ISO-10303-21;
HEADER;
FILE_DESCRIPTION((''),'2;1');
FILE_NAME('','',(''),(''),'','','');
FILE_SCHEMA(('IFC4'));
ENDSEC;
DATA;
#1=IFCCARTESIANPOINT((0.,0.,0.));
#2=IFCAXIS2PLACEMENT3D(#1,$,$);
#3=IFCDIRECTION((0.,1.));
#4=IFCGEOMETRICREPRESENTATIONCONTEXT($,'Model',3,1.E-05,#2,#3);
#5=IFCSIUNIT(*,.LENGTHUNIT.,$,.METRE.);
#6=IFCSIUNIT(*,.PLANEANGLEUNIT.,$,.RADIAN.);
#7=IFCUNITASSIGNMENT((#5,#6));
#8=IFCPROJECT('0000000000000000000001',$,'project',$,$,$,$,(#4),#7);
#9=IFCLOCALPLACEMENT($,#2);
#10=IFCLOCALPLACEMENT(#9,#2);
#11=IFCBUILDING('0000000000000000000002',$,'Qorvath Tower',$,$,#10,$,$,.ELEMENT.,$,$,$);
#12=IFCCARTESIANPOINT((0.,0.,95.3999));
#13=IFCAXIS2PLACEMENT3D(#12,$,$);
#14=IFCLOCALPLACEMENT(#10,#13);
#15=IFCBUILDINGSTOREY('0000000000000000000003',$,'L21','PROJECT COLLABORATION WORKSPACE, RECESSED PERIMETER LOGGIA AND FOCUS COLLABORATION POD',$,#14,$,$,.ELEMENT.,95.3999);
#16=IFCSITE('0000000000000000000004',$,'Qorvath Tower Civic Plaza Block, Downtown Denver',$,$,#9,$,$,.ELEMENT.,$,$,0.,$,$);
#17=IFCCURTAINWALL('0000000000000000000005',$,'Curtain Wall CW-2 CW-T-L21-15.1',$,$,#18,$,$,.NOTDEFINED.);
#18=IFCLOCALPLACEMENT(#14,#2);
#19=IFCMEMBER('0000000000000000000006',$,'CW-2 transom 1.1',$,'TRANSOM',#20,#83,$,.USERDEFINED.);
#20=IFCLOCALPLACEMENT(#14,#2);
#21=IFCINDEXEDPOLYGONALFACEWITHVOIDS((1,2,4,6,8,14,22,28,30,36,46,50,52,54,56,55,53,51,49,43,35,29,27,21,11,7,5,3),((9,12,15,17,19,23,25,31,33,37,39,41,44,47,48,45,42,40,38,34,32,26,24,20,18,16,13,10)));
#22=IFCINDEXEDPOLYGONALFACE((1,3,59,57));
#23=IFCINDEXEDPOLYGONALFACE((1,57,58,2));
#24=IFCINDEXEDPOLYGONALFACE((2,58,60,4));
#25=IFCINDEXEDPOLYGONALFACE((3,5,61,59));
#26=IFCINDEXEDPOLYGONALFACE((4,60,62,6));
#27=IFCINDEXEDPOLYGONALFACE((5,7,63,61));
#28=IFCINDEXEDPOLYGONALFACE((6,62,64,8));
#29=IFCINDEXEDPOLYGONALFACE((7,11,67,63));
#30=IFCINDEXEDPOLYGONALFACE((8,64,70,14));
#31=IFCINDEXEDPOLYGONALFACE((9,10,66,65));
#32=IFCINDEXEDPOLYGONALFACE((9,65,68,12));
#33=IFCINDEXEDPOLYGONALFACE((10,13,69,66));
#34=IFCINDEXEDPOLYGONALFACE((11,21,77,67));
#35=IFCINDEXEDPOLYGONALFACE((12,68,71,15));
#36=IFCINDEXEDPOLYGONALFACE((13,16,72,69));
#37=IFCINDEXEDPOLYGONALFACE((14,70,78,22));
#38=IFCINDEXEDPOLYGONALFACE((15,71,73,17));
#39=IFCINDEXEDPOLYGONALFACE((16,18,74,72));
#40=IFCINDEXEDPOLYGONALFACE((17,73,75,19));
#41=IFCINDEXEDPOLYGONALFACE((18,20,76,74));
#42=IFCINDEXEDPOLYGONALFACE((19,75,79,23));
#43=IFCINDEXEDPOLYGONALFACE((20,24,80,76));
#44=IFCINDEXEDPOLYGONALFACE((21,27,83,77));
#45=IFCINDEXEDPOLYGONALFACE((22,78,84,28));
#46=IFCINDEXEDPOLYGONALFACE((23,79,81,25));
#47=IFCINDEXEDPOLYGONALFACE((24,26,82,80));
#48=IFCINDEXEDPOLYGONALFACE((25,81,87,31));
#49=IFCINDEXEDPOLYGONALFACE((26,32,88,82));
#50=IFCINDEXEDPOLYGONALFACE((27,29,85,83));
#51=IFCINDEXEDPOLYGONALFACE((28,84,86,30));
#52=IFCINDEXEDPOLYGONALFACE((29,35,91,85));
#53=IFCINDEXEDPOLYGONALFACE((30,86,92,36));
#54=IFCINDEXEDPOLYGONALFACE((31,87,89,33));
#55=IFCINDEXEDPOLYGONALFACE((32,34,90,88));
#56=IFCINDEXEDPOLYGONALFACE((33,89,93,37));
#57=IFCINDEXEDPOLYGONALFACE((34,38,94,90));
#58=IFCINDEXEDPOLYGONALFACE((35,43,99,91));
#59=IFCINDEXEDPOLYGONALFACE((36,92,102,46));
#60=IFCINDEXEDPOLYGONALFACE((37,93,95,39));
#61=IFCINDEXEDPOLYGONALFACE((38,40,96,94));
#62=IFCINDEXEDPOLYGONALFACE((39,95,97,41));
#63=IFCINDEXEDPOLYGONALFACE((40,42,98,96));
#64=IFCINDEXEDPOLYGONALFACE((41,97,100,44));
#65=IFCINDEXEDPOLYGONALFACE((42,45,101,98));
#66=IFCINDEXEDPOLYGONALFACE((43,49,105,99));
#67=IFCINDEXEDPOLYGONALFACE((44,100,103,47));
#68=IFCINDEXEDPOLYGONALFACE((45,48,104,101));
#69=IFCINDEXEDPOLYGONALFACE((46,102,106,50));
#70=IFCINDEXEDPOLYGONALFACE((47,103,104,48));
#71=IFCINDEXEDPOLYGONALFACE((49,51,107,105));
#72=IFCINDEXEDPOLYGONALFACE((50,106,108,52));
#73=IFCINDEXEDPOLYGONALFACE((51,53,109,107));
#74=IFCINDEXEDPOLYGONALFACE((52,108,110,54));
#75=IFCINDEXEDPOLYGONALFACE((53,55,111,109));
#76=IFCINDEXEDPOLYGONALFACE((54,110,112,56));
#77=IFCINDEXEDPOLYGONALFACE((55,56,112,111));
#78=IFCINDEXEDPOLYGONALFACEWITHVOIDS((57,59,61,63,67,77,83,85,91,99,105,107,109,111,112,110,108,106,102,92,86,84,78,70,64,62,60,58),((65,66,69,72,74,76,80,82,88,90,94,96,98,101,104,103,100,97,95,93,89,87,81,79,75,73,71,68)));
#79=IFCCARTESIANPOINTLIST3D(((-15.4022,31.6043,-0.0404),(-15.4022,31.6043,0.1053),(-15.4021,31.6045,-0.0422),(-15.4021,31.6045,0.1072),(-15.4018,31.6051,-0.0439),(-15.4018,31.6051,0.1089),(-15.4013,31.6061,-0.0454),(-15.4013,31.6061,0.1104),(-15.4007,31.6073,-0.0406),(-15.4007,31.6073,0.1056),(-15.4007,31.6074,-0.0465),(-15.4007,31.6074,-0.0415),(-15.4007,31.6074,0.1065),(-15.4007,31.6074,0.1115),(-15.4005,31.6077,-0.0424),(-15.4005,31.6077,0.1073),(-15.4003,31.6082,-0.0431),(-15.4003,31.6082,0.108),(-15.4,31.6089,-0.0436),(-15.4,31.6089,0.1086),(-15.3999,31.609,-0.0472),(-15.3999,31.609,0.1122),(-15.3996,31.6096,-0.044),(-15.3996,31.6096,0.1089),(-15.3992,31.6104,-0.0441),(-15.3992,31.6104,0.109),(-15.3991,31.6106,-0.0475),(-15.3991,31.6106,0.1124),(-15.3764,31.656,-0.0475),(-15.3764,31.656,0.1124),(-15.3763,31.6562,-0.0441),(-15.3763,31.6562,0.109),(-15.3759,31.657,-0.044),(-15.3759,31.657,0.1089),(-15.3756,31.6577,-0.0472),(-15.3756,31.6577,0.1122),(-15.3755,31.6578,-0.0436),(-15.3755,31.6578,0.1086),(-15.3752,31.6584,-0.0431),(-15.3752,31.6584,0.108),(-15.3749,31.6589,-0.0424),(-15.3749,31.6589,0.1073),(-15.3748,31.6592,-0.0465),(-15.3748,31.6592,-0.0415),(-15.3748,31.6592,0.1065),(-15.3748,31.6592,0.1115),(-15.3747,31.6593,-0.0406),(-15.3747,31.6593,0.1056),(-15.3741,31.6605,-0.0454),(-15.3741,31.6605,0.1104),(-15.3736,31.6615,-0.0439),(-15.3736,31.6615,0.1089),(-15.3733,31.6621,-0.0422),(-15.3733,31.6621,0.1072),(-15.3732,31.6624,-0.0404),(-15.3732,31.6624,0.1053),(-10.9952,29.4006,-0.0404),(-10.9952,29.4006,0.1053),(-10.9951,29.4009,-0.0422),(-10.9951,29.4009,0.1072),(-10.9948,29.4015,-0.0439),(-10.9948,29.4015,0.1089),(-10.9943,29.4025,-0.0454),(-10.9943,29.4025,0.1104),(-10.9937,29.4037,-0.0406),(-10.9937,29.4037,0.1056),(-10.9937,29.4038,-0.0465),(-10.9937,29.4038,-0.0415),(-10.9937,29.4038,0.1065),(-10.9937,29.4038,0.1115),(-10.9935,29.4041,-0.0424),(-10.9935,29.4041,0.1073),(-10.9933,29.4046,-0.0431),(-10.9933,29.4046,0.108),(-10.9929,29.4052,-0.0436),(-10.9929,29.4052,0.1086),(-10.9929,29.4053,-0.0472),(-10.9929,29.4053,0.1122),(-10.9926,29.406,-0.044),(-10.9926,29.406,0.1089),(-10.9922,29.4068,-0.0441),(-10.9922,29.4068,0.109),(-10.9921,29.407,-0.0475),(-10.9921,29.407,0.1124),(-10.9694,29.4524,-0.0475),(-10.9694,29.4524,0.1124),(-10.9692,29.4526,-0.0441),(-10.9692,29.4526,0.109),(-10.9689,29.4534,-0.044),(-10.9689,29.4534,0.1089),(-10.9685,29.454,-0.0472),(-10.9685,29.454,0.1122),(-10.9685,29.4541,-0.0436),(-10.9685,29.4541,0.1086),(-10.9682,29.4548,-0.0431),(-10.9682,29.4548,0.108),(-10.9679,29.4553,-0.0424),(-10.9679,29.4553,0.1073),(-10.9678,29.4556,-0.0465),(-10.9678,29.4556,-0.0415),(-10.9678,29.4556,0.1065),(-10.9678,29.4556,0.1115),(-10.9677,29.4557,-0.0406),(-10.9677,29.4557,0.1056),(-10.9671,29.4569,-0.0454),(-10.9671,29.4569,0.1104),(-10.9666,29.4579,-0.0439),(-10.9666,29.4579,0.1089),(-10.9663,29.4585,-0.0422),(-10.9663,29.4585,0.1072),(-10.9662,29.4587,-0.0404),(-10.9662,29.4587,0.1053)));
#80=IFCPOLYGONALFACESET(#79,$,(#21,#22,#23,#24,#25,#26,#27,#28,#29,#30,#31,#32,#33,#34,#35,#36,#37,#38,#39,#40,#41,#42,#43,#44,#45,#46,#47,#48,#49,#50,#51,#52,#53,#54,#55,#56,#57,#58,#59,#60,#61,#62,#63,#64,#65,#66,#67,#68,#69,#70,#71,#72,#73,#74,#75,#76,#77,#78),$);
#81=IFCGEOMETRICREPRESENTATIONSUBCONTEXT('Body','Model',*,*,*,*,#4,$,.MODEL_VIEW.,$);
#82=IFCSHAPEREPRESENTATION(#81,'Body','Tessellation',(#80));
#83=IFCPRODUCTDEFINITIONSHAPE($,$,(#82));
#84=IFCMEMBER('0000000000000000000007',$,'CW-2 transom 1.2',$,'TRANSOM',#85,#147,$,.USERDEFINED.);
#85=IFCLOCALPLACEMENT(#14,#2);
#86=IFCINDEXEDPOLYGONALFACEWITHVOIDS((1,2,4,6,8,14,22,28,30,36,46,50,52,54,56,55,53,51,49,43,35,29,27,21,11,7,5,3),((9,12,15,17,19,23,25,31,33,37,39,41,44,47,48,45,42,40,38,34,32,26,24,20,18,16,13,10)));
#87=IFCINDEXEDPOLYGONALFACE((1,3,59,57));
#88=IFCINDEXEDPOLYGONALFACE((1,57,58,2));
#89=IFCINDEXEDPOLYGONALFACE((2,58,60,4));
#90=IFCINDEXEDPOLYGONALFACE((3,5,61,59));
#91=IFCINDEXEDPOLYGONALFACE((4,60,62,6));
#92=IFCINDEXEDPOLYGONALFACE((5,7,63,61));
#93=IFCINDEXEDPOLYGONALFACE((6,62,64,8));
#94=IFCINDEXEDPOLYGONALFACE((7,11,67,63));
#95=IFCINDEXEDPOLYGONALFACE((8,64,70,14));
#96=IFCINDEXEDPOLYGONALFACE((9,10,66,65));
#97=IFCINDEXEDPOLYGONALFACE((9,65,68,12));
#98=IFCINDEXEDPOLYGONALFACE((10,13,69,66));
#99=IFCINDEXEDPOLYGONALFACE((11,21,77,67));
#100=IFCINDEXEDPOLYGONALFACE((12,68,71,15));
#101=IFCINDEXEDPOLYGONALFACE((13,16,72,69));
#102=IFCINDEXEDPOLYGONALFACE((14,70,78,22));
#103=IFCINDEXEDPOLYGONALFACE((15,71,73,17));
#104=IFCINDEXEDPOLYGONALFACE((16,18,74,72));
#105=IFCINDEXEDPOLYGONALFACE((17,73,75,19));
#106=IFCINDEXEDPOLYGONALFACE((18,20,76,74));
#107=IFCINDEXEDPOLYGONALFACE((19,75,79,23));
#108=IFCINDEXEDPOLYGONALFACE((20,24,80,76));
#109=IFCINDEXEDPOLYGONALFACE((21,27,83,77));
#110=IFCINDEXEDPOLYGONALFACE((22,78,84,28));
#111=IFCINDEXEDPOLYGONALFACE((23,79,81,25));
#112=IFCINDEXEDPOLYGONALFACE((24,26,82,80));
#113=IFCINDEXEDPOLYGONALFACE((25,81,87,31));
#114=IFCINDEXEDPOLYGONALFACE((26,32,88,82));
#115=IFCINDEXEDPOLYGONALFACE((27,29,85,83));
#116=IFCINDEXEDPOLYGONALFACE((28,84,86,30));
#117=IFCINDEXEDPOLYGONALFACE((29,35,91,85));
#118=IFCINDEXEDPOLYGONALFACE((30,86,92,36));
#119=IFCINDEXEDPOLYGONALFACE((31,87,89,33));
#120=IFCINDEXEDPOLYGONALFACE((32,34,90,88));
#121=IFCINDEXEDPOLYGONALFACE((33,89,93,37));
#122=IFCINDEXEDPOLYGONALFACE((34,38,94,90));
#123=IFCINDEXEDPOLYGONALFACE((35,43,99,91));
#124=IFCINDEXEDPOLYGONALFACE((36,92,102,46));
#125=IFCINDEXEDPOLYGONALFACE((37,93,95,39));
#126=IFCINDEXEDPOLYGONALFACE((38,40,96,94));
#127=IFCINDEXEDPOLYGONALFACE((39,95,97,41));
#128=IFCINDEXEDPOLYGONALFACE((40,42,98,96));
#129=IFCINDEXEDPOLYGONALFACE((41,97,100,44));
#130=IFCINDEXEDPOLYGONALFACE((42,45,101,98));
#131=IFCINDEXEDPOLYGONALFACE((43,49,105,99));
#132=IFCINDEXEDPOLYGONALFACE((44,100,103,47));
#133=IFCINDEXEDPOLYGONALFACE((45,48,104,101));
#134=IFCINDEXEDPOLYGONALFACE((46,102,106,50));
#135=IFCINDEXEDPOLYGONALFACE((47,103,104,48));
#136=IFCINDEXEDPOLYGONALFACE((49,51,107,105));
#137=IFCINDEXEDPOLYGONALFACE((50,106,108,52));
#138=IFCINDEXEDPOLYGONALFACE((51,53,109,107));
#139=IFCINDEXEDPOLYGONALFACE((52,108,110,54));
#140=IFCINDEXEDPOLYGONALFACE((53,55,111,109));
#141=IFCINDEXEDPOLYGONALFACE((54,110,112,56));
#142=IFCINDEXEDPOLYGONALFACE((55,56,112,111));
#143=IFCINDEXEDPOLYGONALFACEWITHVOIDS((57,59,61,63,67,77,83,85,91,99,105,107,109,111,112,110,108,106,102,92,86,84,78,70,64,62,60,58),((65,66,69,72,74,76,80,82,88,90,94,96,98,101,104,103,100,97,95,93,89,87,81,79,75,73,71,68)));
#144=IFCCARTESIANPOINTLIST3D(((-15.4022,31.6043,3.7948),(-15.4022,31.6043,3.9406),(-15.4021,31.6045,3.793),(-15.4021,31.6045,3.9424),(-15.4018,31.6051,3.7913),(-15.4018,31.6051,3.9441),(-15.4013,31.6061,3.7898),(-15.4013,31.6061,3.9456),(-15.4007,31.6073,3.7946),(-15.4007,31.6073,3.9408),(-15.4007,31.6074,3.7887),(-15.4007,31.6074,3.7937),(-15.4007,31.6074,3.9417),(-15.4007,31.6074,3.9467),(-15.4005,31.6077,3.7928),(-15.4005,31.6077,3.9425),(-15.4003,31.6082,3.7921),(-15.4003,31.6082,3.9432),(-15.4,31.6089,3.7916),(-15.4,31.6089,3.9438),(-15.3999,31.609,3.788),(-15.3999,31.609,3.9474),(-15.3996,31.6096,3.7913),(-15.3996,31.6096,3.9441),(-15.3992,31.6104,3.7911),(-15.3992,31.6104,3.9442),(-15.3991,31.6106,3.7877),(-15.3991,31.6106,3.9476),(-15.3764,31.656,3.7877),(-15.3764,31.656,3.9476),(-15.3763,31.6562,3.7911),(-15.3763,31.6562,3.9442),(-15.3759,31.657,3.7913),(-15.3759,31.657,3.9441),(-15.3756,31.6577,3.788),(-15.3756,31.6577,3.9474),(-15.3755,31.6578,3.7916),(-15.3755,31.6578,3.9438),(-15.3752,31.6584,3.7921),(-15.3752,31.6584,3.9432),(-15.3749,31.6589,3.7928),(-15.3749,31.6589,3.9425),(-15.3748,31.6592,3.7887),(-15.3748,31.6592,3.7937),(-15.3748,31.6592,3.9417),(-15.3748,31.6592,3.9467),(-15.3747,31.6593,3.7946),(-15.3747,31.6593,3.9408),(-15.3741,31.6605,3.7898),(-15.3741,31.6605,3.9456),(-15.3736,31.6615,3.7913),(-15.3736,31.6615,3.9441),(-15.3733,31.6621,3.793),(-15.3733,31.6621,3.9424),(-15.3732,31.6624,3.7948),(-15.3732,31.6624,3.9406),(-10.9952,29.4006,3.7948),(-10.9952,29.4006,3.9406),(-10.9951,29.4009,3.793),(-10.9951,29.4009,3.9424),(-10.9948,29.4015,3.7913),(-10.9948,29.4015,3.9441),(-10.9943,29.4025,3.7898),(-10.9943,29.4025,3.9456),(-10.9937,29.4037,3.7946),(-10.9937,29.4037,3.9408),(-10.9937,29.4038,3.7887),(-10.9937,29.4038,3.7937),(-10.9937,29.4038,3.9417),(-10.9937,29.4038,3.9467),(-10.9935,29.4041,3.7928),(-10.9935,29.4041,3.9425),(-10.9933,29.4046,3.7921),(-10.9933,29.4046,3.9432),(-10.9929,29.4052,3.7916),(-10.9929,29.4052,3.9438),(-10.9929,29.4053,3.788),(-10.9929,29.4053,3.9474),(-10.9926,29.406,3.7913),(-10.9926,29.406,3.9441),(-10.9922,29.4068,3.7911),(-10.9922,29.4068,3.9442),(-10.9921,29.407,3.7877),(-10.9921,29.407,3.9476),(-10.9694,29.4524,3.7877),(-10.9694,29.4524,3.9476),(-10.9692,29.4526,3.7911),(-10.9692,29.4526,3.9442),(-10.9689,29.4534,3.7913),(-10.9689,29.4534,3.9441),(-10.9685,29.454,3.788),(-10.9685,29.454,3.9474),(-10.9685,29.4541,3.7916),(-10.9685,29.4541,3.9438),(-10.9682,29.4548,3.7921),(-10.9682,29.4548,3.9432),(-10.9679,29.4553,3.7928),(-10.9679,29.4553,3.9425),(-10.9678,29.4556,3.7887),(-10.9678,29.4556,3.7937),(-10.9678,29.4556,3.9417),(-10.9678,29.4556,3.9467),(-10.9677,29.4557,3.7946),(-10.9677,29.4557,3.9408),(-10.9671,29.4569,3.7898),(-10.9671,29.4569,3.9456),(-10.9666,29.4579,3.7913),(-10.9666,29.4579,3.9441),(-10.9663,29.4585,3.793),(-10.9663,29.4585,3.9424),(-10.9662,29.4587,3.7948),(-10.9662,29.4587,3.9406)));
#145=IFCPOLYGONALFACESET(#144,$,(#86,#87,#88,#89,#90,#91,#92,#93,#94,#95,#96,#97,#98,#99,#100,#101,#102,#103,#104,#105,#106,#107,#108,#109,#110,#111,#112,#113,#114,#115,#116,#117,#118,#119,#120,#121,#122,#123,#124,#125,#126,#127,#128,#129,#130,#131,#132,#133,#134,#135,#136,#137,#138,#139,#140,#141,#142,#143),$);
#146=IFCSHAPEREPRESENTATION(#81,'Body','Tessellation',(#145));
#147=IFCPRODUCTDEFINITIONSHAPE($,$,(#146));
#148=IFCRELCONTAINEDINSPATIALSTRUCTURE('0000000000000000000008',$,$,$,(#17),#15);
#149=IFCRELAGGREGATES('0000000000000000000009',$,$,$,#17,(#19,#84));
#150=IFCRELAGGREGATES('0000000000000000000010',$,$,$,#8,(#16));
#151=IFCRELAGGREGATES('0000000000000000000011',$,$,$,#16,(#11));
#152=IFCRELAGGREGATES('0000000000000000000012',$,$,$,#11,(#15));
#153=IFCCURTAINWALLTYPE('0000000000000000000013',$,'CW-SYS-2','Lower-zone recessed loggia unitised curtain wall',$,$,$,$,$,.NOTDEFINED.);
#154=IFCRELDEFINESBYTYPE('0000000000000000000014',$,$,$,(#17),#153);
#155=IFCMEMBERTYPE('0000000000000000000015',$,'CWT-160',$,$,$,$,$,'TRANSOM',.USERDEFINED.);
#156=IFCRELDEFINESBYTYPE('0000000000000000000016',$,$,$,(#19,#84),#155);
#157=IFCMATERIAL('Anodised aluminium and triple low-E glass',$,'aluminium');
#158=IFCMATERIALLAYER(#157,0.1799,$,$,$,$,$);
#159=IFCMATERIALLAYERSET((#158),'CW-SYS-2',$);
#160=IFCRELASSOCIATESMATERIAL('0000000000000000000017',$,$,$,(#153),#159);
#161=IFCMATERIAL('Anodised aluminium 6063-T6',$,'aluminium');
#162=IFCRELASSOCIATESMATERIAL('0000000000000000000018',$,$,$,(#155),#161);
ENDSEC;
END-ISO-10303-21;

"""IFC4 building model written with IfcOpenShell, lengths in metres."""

from ifc_helpers import new_model, si_unit, direction, frame, origin, origin_2d, place, context, subcontext, project, spatial, hollow_rectangle, extrude, material, layer, layer_set, material_profile, profile_set, type_object, element, aggregate, save


model = new_model("IFC4")

# Units and contexts
model_context = context("Model", 3, precision=1e-05, world=origin(), true_north=direction((0.0, 1.0)))
body_context = subcontext(model_context, "Body", "Model", "MODEL_VIEW")
ifc_project = project(units=[si_unit("LENGTHUNIT", "METRE"), si_unit("PLANEANGLEUNIT", "RADIAN")], contexts=[model_context])

# Site, building, storey
site_placement = place(None, origin())
site = spatial("IfcSite", under=ifc_project, at=site_placement, Name="Qorvath Tower Civic Plaza Block, Downtown Denver", CompositionType="ELEMENT", RefElevation=0.0)
building_placement = place(site_placement, origin())
building = spatial("IfcBuilding", under=site, at=building_placement, Name="Qorvath Tower", CompositionType="ELEMENT")
storey_placement = place(building_placement, frame((0.0, 0.0, 95.3999)))
storey = spatial("IfcBuildingStorey", under=building, at=storey_placement, Name="L21", Description="PROJECT COLLABORATION WORKSPACE, RECESSED PERIMETER LOGGIA AND FOCUS COLLABORATION POD", CompositionType="ELEMENT", Elevation=95.3999)

# Shared definitions
ifc_material_1 = material(Name="Anodised aluminium and triple low-E glass", Category="aluminium")
ifc_layer_1 = layer(ifc_material_1, 0.1799)
ifc_layer_set_1 = layer_set([ifc_layer_1], Name="CW-SYS-2")
curtain_wall_type = type_object("IfcCurtainWallType", Name="CW-SYS-2", Description="Lower-zone recessed loggia unitised curtain wall", PredefinedType="NOTDEFINED", material=ifc_layer_set_1)

# Curtain wall
curtain_wall_1_placement = place(storey_placement, origin())
curtain_wall_1 = element("IfcCurtainWall", 1, at=curtain_wall_1_placement, inside=storey, type_object=curtain_wall_type, Name="Curtain Wall CW-2 CW-T-L21-15.1", PredefinedType="NOTDEFINED")

# Members
ifc_material_2 = material(Name="Anodised aluminium 6063-T6", Category="aluminium")
ifc_material_profile_1 = material_profile(ifc_material_2, hollow_rectangle(XDim=0.0649, YDim=0.1599, WallThickness=0.0034, InnerFilletRadius=0.0034, OuterFilletRadius=0.0071, at=origin_2d()), Name="CWT 160x65")
ifc_profile_set_1 = profile_set([ifc_material_profile_1], Name="Anodised aluminium 6063-T6")
member_type_1 = type_object("IfcMemberType", Name="CWT-160", ElementType="TRANSOM", PredefinedType="USERDEFINED", material=ifc_profile_set_1)
member_1_placement = place(storey_placement, frame((-10.9807, 29.4297, 0.0325), z_axis=(-0.894417, 0.447233, 0.0), x_axis=(-0.447233, -0.894417, 0.0)))
member_1 = element("IfcMember", 2, at=member_1_placement, type_object=member_type_1, Name="CW-2 transom 1.1", ObjectType="TRANSOM", PredefinedType="USERDEFINED", context=body_context, shape_type="SweptSolid", body=[
    extrude(hollow_rectangle(XDim=0.0649, YDim=0.1599, WallThickness=0.0034, InnerFilletRadius=0.0034, OuterFilletRadius=0.0071, at=origin_2d()), origin(), (0.0, 0.0, 1.0), 4.9272),
])
member_2_placement = place(storey_placement, frame((-10.9807, 29.4297, 3.8677), z_axis=(-0.894417, 0.447233, 0.0), x_axis=(-0.447233, -0.894417, 0.0)))
member_2 = element("IfcMember", 3, at=member_2_placement, type_object=member_type_1, Name="CW-2 transom 1.2", ObjectType="TRANSOM", PredefinedType="USERDEFINED", context=body_context, shape_type="SweptSolid", body=[
    extrude(hollow_rectangle(XDim=0.0649, YDim=0.1599, WallThickness=0.0034, InnerFilletRadius=0.0034, OuterFilletRadius=0.0071, at=origin_2d()), origin(), (0.0, 0.0, 1.0), 4.9272),
])

aggregate(curtain_wall_1, [member_1, member_2])

save(model, "model.ifc")
